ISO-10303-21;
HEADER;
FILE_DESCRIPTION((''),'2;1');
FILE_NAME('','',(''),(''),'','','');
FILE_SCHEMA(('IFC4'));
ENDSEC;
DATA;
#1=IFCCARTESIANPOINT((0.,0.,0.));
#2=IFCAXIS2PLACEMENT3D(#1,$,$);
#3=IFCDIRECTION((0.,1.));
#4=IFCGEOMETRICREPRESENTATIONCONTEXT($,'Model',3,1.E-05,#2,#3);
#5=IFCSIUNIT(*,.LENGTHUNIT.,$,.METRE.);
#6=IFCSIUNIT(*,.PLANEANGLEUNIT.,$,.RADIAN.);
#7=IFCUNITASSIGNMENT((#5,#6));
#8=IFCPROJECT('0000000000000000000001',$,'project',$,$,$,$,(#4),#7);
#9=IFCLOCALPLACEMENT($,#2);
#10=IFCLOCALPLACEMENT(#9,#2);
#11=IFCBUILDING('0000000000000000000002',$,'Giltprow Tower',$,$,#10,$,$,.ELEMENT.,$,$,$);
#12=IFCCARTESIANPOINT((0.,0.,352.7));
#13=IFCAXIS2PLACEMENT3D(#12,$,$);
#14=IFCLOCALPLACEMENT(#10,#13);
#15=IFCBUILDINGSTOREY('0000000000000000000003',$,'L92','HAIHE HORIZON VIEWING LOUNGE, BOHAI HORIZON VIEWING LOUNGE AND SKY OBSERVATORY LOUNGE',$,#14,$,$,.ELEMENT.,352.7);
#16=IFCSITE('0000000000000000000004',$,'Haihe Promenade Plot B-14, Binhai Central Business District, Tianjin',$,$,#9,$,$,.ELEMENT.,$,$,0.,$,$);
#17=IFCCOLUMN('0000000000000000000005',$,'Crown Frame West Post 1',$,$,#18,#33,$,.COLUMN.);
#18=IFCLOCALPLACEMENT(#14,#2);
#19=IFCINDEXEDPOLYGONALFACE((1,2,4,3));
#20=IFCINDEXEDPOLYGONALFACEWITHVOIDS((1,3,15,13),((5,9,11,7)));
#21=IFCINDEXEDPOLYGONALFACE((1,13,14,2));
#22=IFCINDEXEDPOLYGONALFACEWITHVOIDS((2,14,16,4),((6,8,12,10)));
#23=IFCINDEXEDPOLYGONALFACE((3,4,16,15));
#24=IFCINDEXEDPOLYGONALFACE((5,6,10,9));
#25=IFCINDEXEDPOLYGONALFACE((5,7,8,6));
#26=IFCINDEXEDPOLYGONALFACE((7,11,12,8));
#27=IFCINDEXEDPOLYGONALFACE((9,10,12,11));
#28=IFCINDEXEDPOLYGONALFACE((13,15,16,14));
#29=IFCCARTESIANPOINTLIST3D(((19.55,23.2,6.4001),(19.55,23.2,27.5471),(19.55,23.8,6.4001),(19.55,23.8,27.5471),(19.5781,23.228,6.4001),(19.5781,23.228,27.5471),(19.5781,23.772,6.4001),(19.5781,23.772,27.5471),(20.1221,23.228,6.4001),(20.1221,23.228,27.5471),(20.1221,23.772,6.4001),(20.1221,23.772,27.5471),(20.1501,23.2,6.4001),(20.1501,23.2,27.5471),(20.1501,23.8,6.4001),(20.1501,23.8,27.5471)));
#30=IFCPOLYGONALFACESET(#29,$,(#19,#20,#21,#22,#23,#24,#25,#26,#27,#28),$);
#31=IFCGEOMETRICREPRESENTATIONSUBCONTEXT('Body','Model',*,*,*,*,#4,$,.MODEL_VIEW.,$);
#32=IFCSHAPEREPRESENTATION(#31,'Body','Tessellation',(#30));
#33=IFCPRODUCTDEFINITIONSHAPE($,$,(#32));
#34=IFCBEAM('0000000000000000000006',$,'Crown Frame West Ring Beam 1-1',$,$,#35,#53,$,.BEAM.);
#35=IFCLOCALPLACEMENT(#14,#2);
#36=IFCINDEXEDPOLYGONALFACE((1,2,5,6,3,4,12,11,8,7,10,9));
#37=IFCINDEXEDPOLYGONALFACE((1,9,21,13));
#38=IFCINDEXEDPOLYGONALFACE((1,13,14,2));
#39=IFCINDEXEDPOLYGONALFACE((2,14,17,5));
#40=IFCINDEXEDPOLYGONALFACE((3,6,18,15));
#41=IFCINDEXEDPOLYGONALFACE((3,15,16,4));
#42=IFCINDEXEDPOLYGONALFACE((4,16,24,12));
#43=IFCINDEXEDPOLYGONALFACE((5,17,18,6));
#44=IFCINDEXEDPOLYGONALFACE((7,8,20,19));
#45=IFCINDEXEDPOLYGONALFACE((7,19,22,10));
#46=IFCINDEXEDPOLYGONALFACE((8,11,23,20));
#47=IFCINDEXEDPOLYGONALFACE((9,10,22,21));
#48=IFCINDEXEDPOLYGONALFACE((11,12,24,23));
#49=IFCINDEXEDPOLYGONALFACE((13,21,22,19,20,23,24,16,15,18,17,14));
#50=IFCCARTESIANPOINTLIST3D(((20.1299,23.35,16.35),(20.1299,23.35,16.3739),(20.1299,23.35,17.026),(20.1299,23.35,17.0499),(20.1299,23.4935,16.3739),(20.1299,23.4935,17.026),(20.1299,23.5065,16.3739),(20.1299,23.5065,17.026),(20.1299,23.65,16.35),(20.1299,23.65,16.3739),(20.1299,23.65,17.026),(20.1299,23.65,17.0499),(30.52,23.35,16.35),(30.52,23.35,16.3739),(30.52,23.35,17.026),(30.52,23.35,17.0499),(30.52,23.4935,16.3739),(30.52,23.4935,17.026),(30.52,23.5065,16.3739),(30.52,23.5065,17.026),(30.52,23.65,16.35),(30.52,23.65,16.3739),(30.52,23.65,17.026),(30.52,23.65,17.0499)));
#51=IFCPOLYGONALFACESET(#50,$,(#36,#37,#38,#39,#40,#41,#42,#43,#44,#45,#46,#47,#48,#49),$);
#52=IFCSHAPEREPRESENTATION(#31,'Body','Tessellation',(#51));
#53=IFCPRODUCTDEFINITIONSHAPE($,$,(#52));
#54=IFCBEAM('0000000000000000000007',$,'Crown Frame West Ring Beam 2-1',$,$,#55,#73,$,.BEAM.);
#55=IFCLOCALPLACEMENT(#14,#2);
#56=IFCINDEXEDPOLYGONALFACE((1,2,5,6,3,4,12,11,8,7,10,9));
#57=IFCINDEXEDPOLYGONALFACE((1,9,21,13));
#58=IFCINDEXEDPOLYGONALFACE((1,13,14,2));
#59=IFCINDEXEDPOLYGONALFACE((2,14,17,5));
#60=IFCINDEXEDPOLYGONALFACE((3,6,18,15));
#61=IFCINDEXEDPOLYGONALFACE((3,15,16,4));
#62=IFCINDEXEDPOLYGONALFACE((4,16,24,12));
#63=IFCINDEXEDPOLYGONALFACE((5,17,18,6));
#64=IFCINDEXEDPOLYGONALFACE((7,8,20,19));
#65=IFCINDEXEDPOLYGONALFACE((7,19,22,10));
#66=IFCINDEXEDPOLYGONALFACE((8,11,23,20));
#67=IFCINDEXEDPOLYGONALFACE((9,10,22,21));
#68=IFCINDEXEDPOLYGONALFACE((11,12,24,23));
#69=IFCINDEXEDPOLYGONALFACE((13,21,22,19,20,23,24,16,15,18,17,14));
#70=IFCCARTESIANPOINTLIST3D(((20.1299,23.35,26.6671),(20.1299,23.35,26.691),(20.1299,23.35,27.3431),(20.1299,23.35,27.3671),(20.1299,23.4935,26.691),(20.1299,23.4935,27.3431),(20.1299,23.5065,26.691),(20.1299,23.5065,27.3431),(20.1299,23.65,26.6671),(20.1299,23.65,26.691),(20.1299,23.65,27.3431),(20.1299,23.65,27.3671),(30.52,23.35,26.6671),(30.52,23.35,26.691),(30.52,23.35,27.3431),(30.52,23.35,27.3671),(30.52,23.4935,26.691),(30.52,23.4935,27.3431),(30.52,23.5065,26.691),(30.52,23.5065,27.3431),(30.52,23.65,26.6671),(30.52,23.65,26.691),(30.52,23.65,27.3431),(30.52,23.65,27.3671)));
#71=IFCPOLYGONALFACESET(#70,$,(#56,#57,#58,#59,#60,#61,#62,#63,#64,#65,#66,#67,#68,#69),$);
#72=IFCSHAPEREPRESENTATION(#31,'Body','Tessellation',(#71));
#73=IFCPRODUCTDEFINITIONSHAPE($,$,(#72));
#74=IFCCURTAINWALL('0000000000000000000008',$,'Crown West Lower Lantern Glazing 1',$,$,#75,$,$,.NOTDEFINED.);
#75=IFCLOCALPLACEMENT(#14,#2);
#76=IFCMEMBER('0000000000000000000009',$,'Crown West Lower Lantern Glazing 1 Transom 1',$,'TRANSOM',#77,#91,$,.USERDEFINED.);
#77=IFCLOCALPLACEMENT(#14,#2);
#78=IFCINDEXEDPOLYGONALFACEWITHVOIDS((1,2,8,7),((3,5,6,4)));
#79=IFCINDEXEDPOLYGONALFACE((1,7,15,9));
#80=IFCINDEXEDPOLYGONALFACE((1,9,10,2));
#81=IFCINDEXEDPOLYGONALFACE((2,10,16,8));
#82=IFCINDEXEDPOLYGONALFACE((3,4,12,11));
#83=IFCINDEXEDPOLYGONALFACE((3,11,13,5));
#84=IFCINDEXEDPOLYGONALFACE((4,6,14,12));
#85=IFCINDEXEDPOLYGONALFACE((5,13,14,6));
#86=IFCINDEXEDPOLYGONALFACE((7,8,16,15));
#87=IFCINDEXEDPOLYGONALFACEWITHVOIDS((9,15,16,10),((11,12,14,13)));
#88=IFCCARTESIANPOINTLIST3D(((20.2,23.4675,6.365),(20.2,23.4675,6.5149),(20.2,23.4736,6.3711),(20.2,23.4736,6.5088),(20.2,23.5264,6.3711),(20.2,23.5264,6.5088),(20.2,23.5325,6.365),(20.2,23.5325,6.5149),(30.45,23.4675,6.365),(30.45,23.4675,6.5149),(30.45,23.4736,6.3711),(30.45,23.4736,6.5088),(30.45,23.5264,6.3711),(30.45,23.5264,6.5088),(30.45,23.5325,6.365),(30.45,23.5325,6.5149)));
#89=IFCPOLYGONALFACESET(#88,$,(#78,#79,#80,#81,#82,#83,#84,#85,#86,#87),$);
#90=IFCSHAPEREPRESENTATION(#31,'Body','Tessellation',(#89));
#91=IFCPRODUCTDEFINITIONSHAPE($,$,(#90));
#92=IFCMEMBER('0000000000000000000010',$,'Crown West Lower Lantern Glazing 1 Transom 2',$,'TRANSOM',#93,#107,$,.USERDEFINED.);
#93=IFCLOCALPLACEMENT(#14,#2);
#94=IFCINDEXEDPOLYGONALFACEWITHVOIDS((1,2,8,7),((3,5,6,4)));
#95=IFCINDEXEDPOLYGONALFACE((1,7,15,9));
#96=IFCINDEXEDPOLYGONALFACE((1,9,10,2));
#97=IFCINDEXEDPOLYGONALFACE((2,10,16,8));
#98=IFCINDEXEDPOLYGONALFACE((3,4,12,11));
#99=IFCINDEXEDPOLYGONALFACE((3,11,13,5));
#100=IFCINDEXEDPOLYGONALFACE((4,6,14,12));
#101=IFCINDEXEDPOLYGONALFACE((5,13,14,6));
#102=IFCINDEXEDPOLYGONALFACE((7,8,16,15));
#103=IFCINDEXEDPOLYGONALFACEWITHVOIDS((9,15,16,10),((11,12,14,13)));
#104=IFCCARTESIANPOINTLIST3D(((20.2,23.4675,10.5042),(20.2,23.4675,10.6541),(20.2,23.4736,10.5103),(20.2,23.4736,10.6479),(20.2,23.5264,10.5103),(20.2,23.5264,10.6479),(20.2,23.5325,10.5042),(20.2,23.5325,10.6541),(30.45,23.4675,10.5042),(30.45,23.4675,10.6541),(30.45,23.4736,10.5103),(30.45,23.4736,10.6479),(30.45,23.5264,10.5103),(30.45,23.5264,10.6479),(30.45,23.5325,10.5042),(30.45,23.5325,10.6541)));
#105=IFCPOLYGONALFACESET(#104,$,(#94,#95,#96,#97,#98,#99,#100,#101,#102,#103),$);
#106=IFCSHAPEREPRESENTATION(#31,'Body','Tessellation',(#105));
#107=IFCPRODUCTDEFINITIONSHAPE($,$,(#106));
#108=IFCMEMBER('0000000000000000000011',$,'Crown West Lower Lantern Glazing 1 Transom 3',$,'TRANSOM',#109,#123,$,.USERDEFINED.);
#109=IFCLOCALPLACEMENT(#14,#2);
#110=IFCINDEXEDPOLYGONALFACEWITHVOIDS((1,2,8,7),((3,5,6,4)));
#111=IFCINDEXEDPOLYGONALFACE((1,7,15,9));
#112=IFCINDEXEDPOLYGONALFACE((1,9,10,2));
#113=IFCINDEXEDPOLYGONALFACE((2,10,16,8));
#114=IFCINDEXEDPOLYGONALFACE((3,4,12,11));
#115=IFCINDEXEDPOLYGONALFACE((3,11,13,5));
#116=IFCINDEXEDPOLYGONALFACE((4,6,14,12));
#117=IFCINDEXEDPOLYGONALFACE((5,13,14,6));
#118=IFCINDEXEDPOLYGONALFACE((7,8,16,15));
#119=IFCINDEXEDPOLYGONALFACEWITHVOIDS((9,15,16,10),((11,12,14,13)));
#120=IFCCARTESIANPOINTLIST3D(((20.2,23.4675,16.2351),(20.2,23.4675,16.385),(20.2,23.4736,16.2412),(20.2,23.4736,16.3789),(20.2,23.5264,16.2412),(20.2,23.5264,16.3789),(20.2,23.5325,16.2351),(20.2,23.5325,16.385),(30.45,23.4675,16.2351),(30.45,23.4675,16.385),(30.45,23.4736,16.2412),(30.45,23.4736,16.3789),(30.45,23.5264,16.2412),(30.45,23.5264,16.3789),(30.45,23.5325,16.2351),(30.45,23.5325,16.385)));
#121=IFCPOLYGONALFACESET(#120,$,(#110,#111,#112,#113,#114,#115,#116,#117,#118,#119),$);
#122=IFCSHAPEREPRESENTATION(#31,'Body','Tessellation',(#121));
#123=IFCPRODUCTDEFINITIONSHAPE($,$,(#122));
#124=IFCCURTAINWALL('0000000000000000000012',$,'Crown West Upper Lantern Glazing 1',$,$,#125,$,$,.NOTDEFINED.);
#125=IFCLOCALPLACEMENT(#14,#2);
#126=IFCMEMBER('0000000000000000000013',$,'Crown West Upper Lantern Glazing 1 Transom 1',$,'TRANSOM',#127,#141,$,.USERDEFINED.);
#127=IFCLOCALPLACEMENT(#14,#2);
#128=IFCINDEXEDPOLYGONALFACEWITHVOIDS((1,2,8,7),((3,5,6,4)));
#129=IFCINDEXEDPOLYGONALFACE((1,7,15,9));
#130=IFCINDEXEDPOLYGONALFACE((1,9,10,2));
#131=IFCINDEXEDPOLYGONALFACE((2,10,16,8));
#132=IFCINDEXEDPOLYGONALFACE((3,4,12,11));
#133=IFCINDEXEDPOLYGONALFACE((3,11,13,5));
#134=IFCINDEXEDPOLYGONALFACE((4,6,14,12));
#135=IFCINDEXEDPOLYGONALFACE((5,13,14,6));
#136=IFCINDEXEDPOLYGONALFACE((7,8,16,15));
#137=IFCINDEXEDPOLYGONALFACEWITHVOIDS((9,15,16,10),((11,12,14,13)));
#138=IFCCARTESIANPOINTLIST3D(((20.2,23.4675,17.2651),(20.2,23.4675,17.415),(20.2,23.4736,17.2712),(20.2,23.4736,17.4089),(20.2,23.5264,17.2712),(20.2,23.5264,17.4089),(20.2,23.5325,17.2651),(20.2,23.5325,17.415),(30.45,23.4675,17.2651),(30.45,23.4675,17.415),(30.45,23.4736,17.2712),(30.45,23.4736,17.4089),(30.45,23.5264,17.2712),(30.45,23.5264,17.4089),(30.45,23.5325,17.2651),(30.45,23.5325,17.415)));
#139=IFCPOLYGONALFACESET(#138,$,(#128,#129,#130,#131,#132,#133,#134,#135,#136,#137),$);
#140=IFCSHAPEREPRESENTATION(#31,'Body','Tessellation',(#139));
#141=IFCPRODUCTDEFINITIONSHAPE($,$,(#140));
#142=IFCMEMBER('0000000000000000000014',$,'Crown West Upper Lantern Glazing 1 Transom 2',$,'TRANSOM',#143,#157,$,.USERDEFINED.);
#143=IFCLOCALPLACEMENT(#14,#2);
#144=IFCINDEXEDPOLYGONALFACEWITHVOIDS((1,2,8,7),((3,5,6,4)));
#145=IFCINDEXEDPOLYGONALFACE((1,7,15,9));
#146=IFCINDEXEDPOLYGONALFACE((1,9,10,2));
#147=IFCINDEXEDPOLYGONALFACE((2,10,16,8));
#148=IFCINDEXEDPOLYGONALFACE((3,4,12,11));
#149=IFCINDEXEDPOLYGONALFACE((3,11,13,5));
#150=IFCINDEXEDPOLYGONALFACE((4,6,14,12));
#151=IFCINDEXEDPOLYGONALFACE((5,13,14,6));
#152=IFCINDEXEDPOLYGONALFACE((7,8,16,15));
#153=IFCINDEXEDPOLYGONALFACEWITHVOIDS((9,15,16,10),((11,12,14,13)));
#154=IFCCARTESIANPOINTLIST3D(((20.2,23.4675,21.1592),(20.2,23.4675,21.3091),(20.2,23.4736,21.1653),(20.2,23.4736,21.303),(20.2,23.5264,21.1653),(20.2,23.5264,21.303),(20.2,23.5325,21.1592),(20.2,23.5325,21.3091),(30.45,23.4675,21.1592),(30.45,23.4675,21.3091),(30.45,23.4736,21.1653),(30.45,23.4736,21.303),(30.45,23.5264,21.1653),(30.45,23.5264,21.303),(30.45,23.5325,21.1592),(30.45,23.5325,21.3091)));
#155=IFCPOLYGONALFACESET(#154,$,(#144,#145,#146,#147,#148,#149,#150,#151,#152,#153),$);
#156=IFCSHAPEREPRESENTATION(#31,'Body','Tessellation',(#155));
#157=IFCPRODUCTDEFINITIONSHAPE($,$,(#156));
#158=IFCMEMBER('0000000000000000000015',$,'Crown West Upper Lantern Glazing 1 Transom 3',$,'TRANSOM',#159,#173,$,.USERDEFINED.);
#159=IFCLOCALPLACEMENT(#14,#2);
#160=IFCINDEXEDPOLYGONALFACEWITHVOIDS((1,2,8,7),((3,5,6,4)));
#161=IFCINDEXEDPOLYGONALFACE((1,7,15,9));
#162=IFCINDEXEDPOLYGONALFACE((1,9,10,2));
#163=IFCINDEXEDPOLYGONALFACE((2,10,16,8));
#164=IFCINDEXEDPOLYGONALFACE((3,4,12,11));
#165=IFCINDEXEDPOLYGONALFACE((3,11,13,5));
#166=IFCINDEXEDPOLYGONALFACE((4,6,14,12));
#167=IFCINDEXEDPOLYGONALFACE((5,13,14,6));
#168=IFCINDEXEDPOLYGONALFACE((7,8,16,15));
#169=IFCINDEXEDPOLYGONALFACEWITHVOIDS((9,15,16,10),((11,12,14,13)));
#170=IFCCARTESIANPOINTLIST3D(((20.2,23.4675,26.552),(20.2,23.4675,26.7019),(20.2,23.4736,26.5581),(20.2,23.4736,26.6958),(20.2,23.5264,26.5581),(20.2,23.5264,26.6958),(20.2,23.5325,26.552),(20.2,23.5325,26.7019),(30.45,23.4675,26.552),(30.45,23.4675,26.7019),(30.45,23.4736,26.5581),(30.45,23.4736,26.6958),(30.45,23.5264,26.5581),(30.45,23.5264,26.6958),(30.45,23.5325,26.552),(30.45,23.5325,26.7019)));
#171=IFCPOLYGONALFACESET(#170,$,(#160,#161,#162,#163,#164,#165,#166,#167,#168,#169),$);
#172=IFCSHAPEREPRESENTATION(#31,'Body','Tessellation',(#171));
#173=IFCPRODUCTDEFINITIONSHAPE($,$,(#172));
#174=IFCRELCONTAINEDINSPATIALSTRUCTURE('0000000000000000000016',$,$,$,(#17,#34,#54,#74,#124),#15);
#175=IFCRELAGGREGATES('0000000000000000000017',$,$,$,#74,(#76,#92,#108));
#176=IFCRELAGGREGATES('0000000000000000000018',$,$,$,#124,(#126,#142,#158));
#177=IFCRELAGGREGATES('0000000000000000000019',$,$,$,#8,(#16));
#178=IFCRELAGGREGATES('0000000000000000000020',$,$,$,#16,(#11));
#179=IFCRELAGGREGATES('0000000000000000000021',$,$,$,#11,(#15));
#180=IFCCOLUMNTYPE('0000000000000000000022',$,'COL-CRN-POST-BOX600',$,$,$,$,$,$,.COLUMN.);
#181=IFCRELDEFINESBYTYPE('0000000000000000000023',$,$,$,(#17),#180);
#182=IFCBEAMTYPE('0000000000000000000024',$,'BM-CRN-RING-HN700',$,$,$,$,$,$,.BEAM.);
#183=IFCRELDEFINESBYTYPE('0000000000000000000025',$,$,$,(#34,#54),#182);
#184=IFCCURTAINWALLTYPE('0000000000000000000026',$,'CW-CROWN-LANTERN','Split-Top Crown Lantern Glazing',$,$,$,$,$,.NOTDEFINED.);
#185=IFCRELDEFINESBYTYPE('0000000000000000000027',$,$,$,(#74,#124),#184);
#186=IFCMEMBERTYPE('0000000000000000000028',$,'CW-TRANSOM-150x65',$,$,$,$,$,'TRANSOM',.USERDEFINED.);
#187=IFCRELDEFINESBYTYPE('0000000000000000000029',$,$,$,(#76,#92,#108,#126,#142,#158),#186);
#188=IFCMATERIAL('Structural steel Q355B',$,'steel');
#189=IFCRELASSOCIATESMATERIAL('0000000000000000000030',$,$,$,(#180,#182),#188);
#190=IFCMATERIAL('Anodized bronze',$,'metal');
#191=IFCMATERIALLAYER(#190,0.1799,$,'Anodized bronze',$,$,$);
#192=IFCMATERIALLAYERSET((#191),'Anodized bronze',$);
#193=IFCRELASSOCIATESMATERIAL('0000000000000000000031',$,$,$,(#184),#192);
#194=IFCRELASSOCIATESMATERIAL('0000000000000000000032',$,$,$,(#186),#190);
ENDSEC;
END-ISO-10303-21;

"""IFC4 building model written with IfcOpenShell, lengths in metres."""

from ifc_helpers import new_model, si_unit, direction, frame, origin, origin_2d, place, context, subcontext, project, spatial, hollow_rectangle, i_section, extrude, source, transform, mapped, material, layer, layer_set, material_profile, profile_set, type_object, element, aggregate, save


model = new_model("IFC4")

# Units and contexts
model_context = context("Model", 3, precision=1e-05, world=origin(), true_north=direction((0.0, 1.0)))
body_context = subcontext(model_context, "Body", "Model", "MODEL_VIEW")
ifc_project = project(units=[si_unit("LENGTHUNIT", "METRE"), si_unit("PLANEANGLEUNIT", "RADIAN")], contexts=[model_context])

# Site, building, storey
site_placement = place(None, origin())
site = spatial("IfcSite", under=ifc_project, at=site_placement, Name="Haihe Promenade Plot B-14, Binhai Central Business District, Tianjin", CompositionType="ELEMENT", RefElevation=0.0)
building_placement = place(site_placement, origin())
building = spatial("IfcBuilding", under=site, at=building_placement, Name="Giltprow Tower", CompositionType="ELEMENT")
storey_placement = place(building_placement, frame((0.0, 0.0, 352.7)))
storey = spatial("IfcBuildingStorey", under=building, at=storey_placement, Name="L92", Description="HAIHE HORIZON VIEWING LOUNGE, BOHAI HORIZON VIEWING LOUNGE AND SKY OBSERVATORY LOUNGE", CompositionType="ELEMENT", Elevation=352.7)

# Column
ifc_material_1 = material(Name="Structural steel Q355B", Category="steel")
ifc_material_profile_1 = material_profile(ifc_material_1, hollow_rectangle(XDim=0.6001, YDim=0.6001, WallThickness=0.0281, at=origin_2d()), Name="BOX 600x600x28")
ifc_profile_set_1 = profile_set([ifc_material_profile_1], Name="Structural steel Q355B")
column_type = type_object("IfcColumnType", Name="COL-CRN-POST-BOX600", PredefinedType="COLUMN", material=ifc_profile_set_1)
shared_shape_1 = source(origin(), body_context, "Body", "SweptSolid", [
    extrude(hollow_rectangle(XDim=0.6001, YDim=0.6001, WallThickness=0.0281, at=origin_2d()), origin(), (0.0, 0.0, 1.0), 21.147),
])
column_placement = place(storey_placement, frame((19.8501, 23.5, 6.4001), z_axis=(0.0, 0.0, 1.0), x_axis=(1.0, 0.0, 0.0)))
element("IfcColumn", 1, at=column_placement, inside=storey, type_object=column_type, Name="Crown Frame West Post 1", PredefinedType="COLUMN", context=body_context, shape_type="MappedRepresentation", body=[
    mapped(shared_shape_1, transform((0.0, 0.0, 0.0), x_axis=(1.0, 0.0, 0.0), y_axis=(0.0, 1.0, 0.0), z_axis=(0.0, 0.0, 1.0), scale=1.0)),
])

# Beams
ifc_material_profile_2 = material_profile(ifc_material_1, i_section(OverallWidth=0.3, OverallDepth=0.7, WebThickness=0.0129, FlangeThickness=0.0239, at=origin_2d()), Name="HN 700x300x13x24")
ifc_profile_set_2 = profile_set([ifc_material_profile_2], Name="Structural steel Q355B")
beam_type = type_object("IfcBeamType", Name="BM-CRN-RING-HN700", PredefinedType="BEAM", material=ifc_profile_set_2)
shared_shape_2 = source(origin(), body_context, "Body", "SweptSolid", [
    extrude(i_section(OverallWidth=0.3, OverallDepth=0.7, WebThickness=0.0129, FlangeThickness=0.0239, at=origin_2d()), origin(), (0.0, 0.0, 1.0), 10.3901),
])
for number, where, z_axis, x_axis, name in (
    (2, (20.1299, 23.5, 16.7), (1.0, 0.0, 0.0), (0.0, 1.0, 0.0), "Crown Frame West Ring Beam 1-1"),
    (3, (20.1299, 23.5, 27.0171), (1.0, 0.0, 0.0), (0.0, 1.0, 0.0), "Crown Frame West Ring Beam 2-1"),
):
    element("IfcBeam", number, at=place(storey_placement, frame(where, z_axis=z_axis, x_axis=x_axis)), inside=storey, type_object=beam_type, Name=name, PredefinedType="BEAM", context=body_context, shape_type="MappedRepresentation", body=[
        mapped(shared_shape_2, transform((0.0, 0.0, 0.0), x_axis=(1.0, 0.0, 0.0), y_axis=(0.0, 1.0, 0.0), z_axis=(0.0, 0.0, 1.0), scale=1.0)),
    ])

# Curtain walls, members
ifc_material_2 = material(Name="Anodized bronze", Category="metal")
ifc_layer_1 = layer(ifc_material_2, 0.1799, Name="Anodized bronze")
ifc_layer_set_1 = layer_set([ifc_layer_1], Name="Anodized bronze")
curtain_wall_type = type_object("IfcCurtainWallType", Name="CW-CROWN-LANTERN", Description="Split-Top Crown Lantern Glazing", PredefinedType="NOTDEFINED", material=ifc_layer_set_1)
curtain_wall_1_placement = place(storey_placement, origin())
curtain_wall_1 = element("IfcCurtainWall", 4, at=curtain_wall_1_placement, inside=storey, type_object=curtain_wall_type, Name="Crown West Lower Lantern Glazing 1", PredefinedType="NOTDEFINED")
ifc_material_profile_3 = material_profile(ifc_material_2, hollow_rectangle(XDim=0.0649, YDim=0.1499, WallThickness=0.0061, at=origin_2d()), Name="RHS 150x65x6")
ifc_profile_set_3 = profile_set([ifc_material_profile_3], Name="Anodized bronze")
member_type_1 = type_object("IfcMemberType", Name="CW-TRANSOM-150x65", ElementType="TRANSOM", PredefinedType="USERDEFINED", material=ifc_profile_set_3)
shared_shape_3 = source(origin(), body_context, "Body", "SweptSolid", [
    extrude(hollow_rectangle(XDim=0.0649, YDim=0.1499, WallThickness=0.0061, at=origin_2d()), origin(), (0.0, 0.0, 1.0), 10.25),
])
member_1_placement = place(storey_placement, frame((20.2, 23.5, 6.4399), z_axis=(1.0, 0.0, 0.0), x_axis=(0.0, 1.0, 0.0)))
member_1 = element("IfcMember", 5, at=member_1_placement, type_object=member_type_1, Name="Crown West Lower Lantern Glazing 1 Transom 1", ObjectType="TRANSOM", PredefinedType="USERDEFINED", context=body_context, shape_type="MappedRepresentation", body=[
    mapped(shared_shape_3, transform((0.0, 0.0, 0.0), x_axis=(1.0, 0.0, 0.0), y_axis=(0.0, 1.0, 0.0), z_axis=(0.0, 0.0, 1.0), scale=1.0)),
])
member_2_placement = place(storey_placement, frame((20.2, 23.5, 10.5791), z_axis=(1.0, 0.0, 0.0), x_axis=(0.0, 1.0, 0.0)))
member_2 = element("IfcMember", 6, at=member_2_placement, type_object=member_type_1, Name="Crown West Lower Lantern Glazing 1 Transom 2", ObjectType="TRANSOM", PredefinedType="USERDEFINED", context=body_context, shape_type="MappedRepresentation", body=[
    mapped(shared_shape_3, transform((0.0, 0.0, 0.0), x_axis=(1.0, 0.0, 0.0), y_axis=(0.0, 1.0, 0.0), z_axis=(0.0, 0.0, 1.0), scale=1.0)),
])
member_3_placement = place(storey_placement, frame((20.2, 23.5, 16.3101), z_axis=(1.0, 0.0, 0.0), x_axis=(0.0, 1.0, 0.0)))
member_3 = element("IfcMember", 7, at=member_3_placement, type_object=member_type_1, Name="Crown West Lower Lantern Glazing 1 Transom 3", ObjectType="TRANSOM", PredefinedType="USERDEFINED", context=body_context, shape_type="MappedRepresentation", body=[
    mapped(shared_shape_3, transform((0.0, 0.0, 0.0), x_axis=(1.0, 0.0, 0.0), y_axis=(0.0, 1.0, 0.0), z_axis=(0.0, 0.0, 1.0), scale=1.0)),
])
curtain_wall_2_placement = place(storey_placement, origin())
curtain_wall_2 = element("IfcCurtainWall", 8, at=curtain_wall_2_placement, inside=storey, type_object=curtain_wall_type, Name="Crown West Upper Lantern Glazing 1", PredefinedType="NOTDEFINED")
member_4_placement = place(storey_placement, frame((20.2, 23.5, 17.3401), z_axis=(1.0, 0.0, 0.0), x_axis=(0.0, 1.0, 0.0)))
member_4 = element("IfcMember", 9, at=member_4_placement, type_object=member_type_1, Name="Crown West Upper Lantern Glazing 1 Transom 1", ObjectType="TRANSOM", PredefinedType="USERDEFINED", context=body_context, shape_type="MappedRepresentation", body=[
    mapped(shared_shape_3, transform((0.0, 0.0, 0.0), x_axis=(1.0, 0.0, 0.0), y_axis=(0.0, 1.0, 0.0), z_axis=(0.0, 0.0, 1.0), scale=1.0)),
])
member_5_placement = place(storey_placement, frame((20.2, 23.5, 21.2341), z_axis=(1.0, 0.0, 0.0), x_axis=(0.0, 1.0, 0.0)))
member_5 = element("IfcMember", 10, at=member_5_placement, type_object=member_type_1, Name="Crown West Upper Lantern Glazing 1 Transom 2", ObjectType="TRANSOM", PredefinedType="USERDEFINED", context=body_context, shape_type="MappedRepresentation", body=[
    mapped(shared_shape_3, transform((0.0, 0.0, 0.0), x_axis=(1.0, 0.0, 0.0), y_axis=(0.0, 1.0, 0.0), z_axis=(0.0, 0.0, 1.0), scale=1.0)),
])
member_6_placement = place(storey_placement, frame((20.2, 23.5, 26.627), z_axis=(1.0, 0.0, 0.0), x_axis=(0.0, 1.0, 0.0)))
member_6 = element("IfcMember", 11, at=member_6_placement, type_object=member_type_1, Name="Crown West Upper Lantern Glazing 1 Transom 3", ObjectType="TRANSOM", PredefinedType="USERDEFINED", context=body_context, shape_type="MappedRepresentation", body=[
    mapped(shared_shape_3, transform((0.0, 0.0, 0.0), x_axis=(1.0, 0.0, 0.0), y_axis=(0.0, 1.0, 0.0), z_axis=(0.0, 0.0, 1.0), scale=1.0)),
])

aggregate(curtain_wall_1, [member_1, member_2, member_3])
aggregate(curtain_wall_2, [member_4, member_5, member_6])

save(model, "model.ifc")
